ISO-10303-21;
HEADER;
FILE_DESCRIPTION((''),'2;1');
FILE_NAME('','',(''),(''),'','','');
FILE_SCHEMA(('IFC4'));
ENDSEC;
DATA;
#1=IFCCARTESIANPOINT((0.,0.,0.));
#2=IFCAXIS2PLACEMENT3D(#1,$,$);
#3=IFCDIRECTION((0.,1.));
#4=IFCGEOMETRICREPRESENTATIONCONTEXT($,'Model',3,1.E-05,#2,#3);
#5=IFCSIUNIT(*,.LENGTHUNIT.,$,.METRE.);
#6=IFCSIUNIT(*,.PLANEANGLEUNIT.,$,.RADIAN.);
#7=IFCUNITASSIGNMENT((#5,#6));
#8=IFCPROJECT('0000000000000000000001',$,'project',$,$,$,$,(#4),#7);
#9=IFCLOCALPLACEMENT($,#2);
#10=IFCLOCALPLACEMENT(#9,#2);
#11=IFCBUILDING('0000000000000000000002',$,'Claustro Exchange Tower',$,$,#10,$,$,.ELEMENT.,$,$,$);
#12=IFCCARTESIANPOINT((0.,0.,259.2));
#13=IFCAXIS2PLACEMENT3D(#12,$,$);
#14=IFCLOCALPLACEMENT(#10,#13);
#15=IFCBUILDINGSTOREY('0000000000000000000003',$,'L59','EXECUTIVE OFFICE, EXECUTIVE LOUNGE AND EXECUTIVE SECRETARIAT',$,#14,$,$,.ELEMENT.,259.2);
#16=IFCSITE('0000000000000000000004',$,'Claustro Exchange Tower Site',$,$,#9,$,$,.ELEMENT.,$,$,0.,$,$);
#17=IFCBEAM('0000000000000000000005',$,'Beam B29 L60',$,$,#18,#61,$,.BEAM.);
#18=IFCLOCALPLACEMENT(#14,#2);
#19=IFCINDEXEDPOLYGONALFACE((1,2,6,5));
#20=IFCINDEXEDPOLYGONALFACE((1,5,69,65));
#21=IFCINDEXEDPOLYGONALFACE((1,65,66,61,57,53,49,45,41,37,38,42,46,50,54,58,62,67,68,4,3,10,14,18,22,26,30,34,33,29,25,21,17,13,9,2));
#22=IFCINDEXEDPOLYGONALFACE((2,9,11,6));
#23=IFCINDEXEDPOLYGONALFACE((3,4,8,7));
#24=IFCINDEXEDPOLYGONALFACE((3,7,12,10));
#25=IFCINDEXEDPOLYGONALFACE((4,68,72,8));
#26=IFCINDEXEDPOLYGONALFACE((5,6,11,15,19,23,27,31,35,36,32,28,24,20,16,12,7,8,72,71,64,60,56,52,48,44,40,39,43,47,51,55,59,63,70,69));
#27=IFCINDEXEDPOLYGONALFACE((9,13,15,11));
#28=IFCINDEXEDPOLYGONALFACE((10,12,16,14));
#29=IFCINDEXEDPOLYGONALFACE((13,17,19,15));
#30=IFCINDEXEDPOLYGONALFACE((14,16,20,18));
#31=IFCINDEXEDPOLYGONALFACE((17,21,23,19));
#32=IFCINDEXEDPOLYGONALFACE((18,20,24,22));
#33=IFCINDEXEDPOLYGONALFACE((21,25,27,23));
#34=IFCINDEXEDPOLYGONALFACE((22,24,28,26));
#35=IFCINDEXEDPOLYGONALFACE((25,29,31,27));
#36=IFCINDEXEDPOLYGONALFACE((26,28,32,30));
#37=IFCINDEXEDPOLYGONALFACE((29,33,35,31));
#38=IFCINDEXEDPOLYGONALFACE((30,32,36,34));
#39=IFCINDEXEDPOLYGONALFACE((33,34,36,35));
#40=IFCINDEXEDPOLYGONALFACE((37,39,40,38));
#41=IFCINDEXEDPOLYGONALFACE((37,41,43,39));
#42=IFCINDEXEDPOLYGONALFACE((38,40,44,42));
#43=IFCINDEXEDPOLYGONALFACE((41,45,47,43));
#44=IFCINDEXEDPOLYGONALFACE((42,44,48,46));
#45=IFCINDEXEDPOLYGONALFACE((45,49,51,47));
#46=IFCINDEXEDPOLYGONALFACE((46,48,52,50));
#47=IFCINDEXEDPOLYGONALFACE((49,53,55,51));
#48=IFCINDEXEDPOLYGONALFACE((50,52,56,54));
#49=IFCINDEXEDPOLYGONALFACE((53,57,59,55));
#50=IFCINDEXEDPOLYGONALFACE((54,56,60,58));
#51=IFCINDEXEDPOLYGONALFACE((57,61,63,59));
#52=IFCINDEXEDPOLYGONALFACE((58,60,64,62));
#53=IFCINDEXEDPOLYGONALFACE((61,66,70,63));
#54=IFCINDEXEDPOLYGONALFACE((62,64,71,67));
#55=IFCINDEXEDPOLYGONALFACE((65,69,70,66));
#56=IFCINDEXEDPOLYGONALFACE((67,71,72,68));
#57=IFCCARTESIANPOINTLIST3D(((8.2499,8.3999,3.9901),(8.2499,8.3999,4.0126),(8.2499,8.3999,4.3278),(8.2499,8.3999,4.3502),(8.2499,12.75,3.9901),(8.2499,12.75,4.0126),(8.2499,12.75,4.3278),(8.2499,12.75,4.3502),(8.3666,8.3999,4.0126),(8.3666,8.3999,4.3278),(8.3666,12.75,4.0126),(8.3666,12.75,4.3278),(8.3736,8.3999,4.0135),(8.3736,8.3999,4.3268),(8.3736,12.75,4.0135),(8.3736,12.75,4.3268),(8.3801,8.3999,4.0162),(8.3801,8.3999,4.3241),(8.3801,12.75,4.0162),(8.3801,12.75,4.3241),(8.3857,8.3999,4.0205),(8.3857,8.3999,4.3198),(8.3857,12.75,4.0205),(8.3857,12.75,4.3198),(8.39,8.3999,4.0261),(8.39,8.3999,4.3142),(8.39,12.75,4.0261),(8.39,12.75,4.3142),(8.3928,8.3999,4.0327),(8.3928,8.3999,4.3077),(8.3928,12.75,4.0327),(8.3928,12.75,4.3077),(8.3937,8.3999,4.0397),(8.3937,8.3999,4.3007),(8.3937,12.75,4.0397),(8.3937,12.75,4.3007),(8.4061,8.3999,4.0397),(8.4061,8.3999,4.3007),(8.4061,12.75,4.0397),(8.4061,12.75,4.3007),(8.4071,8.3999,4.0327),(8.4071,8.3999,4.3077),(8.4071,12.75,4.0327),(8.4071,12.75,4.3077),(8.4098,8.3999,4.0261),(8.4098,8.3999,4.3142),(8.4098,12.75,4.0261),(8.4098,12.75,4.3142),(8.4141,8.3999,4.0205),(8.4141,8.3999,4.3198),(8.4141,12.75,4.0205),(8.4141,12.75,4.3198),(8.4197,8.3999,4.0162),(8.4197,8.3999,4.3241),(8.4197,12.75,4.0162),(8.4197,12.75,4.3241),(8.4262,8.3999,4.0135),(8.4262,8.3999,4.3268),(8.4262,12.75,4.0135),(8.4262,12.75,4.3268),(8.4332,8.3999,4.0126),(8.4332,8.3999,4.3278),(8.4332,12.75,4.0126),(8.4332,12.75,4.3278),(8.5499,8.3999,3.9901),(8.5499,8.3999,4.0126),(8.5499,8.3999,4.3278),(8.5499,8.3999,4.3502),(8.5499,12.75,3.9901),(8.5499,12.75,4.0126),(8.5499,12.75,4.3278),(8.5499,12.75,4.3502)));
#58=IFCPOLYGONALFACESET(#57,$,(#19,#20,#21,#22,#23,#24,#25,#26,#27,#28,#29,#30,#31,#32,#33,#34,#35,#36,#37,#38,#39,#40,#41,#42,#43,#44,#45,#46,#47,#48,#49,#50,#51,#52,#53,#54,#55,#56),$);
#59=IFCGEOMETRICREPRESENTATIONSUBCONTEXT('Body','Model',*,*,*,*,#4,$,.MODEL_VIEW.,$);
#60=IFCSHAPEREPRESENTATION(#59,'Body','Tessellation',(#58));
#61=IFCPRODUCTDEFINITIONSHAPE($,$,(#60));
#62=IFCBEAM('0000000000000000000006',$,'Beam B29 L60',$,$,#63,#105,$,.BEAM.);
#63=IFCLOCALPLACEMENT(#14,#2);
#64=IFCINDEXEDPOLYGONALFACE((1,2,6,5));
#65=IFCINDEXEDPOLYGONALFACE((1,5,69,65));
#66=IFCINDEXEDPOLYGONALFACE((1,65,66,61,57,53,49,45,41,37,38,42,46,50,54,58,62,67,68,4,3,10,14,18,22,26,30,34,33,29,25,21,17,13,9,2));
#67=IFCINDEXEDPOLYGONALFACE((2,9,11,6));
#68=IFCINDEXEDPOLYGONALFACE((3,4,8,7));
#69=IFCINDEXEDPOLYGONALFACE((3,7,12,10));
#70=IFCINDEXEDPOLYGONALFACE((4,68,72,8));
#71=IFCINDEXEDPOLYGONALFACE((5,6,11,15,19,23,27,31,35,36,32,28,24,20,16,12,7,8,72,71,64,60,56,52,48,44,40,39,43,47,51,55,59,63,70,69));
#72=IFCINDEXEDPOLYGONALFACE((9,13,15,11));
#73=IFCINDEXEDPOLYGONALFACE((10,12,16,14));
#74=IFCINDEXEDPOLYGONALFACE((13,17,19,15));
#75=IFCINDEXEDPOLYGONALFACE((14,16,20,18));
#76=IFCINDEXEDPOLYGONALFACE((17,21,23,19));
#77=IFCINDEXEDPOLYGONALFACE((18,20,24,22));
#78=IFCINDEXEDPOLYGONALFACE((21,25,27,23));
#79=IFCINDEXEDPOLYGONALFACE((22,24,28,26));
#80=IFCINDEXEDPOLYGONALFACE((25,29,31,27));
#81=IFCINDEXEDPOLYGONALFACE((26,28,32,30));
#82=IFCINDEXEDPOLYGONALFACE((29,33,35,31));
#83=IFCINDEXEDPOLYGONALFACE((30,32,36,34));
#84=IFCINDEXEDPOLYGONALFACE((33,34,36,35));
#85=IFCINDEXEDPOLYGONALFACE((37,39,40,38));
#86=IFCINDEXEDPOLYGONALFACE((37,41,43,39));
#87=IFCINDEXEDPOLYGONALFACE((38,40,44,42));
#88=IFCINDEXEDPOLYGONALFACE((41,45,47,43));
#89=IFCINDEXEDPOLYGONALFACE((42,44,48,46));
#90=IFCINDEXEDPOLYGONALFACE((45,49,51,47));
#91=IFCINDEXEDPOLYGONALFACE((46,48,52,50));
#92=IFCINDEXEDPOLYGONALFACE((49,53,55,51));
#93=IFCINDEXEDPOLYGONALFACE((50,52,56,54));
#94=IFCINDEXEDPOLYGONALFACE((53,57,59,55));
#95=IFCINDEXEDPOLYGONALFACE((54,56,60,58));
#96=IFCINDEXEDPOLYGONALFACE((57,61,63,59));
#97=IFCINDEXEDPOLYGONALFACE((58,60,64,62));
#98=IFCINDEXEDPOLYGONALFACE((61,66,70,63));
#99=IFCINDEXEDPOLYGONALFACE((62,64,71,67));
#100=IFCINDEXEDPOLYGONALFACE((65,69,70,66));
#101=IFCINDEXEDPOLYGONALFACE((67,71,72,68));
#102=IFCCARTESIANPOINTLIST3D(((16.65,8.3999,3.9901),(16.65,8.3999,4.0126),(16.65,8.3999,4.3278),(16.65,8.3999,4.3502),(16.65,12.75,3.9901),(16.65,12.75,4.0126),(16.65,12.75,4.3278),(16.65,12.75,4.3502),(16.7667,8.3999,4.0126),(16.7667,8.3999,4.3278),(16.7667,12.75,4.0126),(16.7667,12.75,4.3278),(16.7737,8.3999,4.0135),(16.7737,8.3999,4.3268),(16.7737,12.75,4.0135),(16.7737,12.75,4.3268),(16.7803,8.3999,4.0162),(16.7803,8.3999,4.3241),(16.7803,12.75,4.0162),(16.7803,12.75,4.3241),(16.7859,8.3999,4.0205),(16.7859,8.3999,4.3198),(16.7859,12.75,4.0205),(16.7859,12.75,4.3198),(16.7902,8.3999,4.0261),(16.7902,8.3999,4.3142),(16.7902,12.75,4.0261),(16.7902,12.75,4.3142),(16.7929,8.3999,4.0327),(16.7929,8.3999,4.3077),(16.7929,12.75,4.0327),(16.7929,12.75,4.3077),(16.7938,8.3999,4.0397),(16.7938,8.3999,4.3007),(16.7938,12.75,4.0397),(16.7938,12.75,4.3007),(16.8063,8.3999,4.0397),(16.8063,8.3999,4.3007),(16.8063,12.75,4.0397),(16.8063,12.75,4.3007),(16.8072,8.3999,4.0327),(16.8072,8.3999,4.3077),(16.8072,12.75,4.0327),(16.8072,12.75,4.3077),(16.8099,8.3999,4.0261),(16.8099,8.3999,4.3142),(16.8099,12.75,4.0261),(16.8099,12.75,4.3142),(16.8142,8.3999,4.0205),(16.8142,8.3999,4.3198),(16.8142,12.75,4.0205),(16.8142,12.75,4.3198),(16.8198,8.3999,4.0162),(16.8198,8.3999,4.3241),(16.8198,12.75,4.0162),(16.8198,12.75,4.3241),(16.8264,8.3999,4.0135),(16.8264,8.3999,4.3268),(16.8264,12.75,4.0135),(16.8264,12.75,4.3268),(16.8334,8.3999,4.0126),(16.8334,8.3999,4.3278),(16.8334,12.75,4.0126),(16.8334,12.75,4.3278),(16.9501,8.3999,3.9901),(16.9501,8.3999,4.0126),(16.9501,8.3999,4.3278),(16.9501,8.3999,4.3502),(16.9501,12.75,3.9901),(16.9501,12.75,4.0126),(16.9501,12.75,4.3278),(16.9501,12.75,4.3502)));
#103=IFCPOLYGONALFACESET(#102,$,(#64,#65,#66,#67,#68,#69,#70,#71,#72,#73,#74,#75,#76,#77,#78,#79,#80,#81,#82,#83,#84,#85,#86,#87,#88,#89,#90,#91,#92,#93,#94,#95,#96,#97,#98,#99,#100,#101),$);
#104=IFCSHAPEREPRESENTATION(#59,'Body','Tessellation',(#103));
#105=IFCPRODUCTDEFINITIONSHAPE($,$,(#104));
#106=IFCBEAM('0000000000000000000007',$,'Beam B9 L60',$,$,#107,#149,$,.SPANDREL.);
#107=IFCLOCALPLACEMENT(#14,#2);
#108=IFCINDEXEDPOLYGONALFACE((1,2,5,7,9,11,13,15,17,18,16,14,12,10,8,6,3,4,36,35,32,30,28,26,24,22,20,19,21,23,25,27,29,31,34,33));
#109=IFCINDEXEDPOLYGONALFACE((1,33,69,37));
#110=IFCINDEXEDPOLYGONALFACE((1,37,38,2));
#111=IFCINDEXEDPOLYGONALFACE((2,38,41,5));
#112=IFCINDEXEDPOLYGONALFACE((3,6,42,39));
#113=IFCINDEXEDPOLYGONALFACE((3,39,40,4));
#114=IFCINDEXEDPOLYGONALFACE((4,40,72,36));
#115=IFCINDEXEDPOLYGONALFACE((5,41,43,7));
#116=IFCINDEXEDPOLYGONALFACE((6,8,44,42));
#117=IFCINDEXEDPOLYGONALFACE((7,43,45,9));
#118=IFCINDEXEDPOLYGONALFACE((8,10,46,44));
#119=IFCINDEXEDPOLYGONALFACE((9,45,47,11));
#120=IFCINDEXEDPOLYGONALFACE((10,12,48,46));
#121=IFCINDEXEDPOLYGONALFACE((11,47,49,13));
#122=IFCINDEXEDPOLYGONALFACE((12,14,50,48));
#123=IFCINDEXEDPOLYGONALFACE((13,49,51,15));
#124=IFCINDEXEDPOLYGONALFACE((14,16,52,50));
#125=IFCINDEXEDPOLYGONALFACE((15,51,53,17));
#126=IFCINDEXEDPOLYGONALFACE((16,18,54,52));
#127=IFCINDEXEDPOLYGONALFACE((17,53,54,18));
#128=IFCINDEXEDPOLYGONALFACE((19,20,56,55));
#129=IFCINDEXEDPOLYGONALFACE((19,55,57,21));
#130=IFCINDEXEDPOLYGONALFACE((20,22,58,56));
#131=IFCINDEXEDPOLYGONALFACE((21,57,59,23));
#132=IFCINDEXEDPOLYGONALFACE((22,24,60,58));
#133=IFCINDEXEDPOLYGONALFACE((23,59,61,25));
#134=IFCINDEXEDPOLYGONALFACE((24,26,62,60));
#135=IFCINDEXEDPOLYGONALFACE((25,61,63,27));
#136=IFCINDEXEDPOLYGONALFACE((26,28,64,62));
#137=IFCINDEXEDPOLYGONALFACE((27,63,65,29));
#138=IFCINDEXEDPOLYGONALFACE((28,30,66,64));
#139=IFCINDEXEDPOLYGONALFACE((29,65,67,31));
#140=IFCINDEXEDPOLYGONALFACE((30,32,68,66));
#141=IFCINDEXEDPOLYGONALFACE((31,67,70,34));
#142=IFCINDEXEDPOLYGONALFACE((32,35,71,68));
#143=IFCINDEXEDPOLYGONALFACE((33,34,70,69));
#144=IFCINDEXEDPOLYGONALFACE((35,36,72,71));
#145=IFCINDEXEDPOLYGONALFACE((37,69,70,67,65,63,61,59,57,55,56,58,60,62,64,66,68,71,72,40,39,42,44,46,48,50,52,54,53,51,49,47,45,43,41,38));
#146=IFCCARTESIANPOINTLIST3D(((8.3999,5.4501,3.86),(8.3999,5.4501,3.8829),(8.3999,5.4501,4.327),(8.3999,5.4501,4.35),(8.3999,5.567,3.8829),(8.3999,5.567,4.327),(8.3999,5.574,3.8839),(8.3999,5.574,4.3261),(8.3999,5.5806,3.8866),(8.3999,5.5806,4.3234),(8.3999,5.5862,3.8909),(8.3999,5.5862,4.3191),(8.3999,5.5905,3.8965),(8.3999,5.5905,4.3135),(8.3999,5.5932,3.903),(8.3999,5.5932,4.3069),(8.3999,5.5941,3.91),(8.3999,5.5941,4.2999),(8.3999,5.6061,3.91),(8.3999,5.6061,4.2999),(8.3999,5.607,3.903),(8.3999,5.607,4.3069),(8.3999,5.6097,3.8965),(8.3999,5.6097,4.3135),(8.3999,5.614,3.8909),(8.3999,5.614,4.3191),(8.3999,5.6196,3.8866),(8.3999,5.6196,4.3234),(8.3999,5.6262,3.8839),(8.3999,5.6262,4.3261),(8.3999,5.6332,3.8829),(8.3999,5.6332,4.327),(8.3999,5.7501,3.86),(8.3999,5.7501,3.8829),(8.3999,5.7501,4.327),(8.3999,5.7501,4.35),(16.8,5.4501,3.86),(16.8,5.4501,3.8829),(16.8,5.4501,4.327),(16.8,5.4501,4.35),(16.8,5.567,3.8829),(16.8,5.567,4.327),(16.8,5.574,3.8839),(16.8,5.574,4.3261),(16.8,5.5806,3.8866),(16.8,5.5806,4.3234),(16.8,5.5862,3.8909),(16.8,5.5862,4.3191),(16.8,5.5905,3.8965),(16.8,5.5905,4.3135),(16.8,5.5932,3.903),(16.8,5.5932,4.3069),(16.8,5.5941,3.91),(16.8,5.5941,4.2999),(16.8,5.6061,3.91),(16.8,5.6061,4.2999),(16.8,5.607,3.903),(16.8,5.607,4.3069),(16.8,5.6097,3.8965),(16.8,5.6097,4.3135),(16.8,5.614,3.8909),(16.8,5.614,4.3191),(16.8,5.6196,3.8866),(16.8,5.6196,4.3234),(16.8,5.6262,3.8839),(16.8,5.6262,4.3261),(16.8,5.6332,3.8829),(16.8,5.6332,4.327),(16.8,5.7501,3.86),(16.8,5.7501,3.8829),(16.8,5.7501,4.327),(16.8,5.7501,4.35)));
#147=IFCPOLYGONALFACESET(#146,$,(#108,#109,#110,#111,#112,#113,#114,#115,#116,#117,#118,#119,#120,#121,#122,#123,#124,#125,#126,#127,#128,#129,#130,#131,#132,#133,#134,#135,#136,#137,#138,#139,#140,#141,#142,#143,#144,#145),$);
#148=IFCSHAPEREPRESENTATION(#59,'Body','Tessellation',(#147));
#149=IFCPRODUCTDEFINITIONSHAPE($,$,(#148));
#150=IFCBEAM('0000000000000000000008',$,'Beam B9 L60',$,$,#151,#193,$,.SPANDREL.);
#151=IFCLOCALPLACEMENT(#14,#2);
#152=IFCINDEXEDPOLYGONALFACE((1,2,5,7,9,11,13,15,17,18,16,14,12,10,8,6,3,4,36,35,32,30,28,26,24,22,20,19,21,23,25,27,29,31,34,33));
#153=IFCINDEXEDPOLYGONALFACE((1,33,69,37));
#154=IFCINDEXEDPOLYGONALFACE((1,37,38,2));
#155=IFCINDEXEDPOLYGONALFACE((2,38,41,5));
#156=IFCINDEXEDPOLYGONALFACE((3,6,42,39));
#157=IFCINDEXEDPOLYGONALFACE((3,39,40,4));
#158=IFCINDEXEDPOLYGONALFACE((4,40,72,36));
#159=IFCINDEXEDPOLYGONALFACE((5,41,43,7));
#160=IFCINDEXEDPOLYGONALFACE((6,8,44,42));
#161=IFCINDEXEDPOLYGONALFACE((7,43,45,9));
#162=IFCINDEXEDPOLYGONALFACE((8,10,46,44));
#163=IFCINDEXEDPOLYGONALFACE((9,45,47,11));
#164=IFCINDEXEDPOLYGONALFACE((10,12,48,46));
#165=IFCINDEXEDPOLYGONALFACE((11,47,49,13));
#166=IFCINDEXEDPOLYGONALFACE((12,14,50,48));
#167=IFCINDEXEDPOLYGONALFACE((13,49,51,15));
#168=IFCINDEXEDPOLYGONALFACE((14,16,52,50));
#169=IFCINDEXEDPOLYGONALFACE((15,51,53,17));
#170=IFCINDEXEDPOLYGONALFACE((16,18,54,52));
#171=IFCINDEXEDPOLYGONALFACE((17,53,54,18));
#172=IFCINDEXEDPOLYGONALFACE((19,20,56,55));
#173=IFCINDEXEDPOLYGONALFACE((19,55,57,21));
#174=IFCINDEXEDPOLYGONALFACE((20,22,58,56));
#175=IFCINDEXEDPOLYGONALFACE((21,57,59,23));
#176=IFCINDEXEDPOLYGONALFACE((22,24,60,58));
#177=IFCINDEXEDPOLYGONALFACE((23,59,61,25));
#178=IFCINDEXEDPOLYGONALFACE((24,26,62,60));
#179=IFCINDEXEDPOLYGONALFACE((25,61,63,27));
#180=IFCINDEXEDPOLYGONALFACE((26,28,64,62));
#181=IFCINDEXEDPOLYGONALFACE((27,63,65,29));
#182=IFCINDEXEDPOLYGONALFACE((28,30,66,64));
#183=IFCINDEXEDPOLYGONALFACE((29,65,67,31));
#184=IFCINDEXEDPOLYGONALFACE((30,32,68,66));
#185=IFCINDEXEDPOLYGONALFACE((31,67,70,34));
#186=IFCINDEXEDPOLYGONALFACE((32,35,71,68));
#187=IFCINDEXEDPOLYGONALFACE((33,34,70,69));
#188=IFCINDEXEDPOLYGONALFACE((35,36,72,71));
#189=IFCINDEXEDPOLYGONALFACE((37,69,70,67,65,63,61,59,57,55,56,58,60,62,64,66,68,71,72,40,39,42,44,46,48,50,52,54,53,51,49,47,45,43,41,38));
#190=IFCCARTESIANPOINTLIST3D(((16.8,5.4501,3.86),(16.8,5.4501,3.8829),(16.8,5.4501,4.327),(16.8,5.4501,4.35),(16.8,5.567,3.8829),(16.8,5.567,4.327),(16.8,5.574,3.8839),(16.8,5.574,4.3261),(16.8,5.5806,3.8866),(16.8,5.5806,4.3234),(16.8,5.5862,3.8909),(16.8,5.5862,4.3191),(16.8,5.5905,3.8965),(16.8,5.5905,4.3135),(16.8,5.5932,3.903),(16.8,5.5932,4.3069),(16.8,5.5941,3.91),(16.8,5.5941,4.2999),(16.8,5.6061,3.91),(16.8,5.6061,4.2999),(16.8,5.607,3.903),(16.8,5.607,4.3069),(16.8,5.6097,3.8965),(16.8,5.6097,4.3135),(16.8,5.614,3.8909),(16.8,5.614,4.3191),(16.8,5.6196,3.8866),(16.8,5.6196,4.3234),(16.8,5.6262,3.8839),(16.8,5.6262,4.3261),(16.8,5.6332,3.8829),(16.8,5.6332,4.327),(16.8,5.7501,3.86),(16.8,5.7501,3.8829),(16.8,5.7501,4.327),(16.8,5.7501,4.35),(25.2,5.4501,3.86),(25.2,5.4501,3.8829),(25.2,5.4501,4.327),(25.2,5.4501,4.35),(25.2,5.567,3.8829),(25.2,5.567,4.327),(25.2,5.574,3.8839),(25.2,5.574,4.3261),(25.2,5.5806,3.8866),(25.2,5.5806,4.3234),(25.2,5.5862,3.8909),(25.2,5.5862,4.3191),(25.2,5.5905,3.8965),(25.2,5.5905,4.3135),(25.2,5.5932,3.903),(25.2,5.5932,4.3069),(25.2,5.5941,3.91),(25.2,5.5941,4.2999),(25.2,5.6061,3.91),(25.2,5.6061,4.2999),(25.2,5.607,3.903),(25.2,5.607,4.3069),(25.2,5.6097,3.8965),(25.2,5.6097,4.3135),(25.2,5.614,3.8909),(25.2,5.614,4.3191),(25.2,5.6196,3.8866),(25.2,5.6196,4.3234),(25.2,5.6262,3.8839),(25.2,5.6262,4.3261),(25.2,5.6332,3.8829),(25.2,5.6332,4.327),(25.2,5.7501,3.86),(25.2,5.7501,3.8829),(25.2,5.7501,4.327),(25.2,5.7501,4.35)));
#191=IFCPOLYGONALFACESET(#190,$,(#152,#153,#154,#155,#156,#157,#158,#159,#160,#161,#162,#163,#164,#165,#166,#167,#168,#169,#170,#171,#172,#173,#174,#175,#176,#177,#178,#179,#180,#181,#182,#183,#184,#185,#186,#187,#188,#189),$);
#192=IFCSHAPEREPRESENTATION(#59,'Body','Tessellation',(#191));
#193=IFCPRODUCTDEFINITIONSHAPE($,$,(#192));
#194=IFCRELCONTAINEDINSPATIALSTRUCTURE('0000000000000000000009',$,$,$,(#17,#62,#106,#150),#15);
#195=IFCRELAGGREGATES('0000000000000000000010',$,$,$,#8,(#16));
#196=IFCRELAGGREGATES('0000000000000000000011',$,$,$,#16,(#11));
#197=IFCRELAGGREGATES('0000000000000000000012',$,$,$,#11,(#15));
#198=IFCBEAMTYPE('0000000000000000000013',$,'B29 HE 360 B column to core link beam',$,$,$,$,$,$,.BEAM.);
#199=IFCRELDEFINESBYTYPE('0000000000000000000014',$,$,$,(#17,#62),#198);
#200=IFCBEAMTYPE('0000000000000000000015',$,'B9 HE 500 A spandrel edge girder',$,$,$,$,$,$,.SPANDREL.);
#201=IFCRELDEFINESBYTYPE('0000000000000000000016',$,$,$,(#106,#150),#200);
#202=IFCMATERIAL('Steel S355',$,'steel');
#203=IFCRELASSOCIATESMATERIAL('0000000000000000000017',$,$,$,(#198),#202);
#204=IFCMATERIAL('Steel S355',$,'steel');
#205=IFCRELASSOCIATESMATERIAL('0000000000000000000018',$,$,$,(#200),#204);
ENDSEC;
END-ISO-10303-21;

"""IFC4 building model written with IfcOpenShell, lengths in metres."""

from ifc_helpers import new_model, si_unit, direction, frame, origin, origin_2d, place, context, subcontext, project, spatial, i_section, extrude, material, material_profile, profile_set, type_object, element, save


model = new_model("IFC4")

# Units and contexts
model_context = context("Model", 3, precision=1e-05, world=origin(), true_north=direction((0.0, 1.0)))
body_context = subcontext(model_context, "Body", "Model", "MODEL_VIEW")
ifc_project = project(units=[si_unit("LENGTHUNIT", "METRE"), si_unit("PLANEANGLEUNIT", "RADIAN")], contexts=[model_context])

# Site, building, storey
site_placement = place(None, origin())
site = spatial("IfcSite", under=ifc_project, at=site_placement, Name="Claustro Exchange Tower Site", CompositionType="ELEMENT", RefElevation=0.0)
building_placement = place(site_placement, origin())
building = spatial("IfcBuilding", under=site, at=building_placement, Name="Claustro Exchange Tower", CompositionType="ELEMENT")
storey_placement = place(building_placement, frame((0.0, 0.0, 259.2)))
storey = spatial("IfcBuildingStorey", under=building, at=storey_placement, Name="L59", Description="EXECUTIVE OFFICE, EXECUTIVE LOUNGE AND EXECUTIVE SECRETARIAT", CompositionType="ELEMENT", Elevation=259.2)

# Beams
ifc_material_1 = material(Name="Steel S355", Category="steel")
ifc_material_profile_1 = material_profile(ifc_material_1, i_section(OverallWidth=0.3, OverallDepth=0.3601, WebThickness=0.0125, FlangeThickness=0.0225, FilletRadius=0.0271, at=origin_2d()), Name="HE 360 B")
ifc_profile_set_1 = profile_set([ifc_material_profile_1], Name="Steel S355")
beam_type_1 = type_object("IfcBeamType", Name="B29 HE 360 B column to core link beam", PredefinedType="BEAM", material=ifc_profile_set_1)
for number, where, z_axis, x_axis, name in (
    (1, (8.3999, 8.3999, 4.1702), (0.0, 1.0, 0.0), (-1.0, 0.0, 0.0), "Beam B29 L60"),
    (2, (16.8, 8.3999, 4.1702), (0.0, 1.0, 0.0), (-1.0, 0.0, 0.0), "Beam B29 L60"),
):
    element("IfcBeam", number, at=place(storey_placement, frame(where, z_axis=z_axis, x_axis=x_axis)), inside=storey, type_object=beam_type_1, Name=name, PredefinedType="BEAM", context=body_context, shape_type="SweptSolid", body=[
        extrude(i_section(OverallWidth=0.3, OverallDepth=0.3601, WebThickness=0.0125, FlangeThickness=0.0225, FilletRadius=0.0271, at=origin_2d()), origin(), (0.0, 0.0, 1.0), 4.3501),
    ])
ifc_material_2 = material(Name="Steel S355", Category="steel")
ifc_material_profile_2 = material_profile(ifc_material_2, i_section(OverallWidth=0.3, OverallDepth=0.49, WebThickness=0.012, FlangeThickness=0.0229, FilletRadius=0.0271, at=origin_2d()), Name="HE 500 A")
ifc_profile_set_2 = profile_set([ifc_material_profile_2], Name="Steel S355")
beam_type_2 = type_object("IfcBeamType", Name="B9 HE 500 A spandrel edge girder", PredefinedType="SPANDREL", material=ifc_profile_set_2)
beam_1_placement = place(storey_placement, frame((8.3999, 5.6001, 4.105), z_axis=(1.0, 0.0, 0.0), x_axis=(0.0, 1.0, 0.0)))
element("IfcBeam", 3, at=beam_1_placement, inside=storey, type_object=beam_type_2, Name="Beam B9 L60", PredefinedType="SPANDREL", context=body_context, shape_type="SweptSolid", body=[
    extrude(i_section(OverallWidth=0.3, OverallDepth=0.49, WebThickness=0.012, FlangeThickness=0.0229, FilletRadius=0.0271, at=origin_2d()), origin(), (0.0, 0.0, 1.0), 8.4001),
])
beam_2_placement = place(storey_placement, frame((16.8, 5.6001, 4.105), z_axis=(1.0, 0.0, 0.0), x_axis=(0.0, 1.0, 0.0)))
element("IfcBeam", 4, at=beam_2_placement, inside=storey, type_object=beam_type_2, Name="Beam B9 L60", PredefinedType="SPANDREL", context=body_context, shape_type="SweptSolid", body=[
    extrude(i_section(OverallWidth=0.3, OverallDepth=0.49, WebThickness=0.012, FlangeThickness=0.0229, FilletRadius=0.0271, at=origin_2d()), origin(), (0.0, 0.0, 1.0), 8.3999),
])

save(model, "model.ifc")
